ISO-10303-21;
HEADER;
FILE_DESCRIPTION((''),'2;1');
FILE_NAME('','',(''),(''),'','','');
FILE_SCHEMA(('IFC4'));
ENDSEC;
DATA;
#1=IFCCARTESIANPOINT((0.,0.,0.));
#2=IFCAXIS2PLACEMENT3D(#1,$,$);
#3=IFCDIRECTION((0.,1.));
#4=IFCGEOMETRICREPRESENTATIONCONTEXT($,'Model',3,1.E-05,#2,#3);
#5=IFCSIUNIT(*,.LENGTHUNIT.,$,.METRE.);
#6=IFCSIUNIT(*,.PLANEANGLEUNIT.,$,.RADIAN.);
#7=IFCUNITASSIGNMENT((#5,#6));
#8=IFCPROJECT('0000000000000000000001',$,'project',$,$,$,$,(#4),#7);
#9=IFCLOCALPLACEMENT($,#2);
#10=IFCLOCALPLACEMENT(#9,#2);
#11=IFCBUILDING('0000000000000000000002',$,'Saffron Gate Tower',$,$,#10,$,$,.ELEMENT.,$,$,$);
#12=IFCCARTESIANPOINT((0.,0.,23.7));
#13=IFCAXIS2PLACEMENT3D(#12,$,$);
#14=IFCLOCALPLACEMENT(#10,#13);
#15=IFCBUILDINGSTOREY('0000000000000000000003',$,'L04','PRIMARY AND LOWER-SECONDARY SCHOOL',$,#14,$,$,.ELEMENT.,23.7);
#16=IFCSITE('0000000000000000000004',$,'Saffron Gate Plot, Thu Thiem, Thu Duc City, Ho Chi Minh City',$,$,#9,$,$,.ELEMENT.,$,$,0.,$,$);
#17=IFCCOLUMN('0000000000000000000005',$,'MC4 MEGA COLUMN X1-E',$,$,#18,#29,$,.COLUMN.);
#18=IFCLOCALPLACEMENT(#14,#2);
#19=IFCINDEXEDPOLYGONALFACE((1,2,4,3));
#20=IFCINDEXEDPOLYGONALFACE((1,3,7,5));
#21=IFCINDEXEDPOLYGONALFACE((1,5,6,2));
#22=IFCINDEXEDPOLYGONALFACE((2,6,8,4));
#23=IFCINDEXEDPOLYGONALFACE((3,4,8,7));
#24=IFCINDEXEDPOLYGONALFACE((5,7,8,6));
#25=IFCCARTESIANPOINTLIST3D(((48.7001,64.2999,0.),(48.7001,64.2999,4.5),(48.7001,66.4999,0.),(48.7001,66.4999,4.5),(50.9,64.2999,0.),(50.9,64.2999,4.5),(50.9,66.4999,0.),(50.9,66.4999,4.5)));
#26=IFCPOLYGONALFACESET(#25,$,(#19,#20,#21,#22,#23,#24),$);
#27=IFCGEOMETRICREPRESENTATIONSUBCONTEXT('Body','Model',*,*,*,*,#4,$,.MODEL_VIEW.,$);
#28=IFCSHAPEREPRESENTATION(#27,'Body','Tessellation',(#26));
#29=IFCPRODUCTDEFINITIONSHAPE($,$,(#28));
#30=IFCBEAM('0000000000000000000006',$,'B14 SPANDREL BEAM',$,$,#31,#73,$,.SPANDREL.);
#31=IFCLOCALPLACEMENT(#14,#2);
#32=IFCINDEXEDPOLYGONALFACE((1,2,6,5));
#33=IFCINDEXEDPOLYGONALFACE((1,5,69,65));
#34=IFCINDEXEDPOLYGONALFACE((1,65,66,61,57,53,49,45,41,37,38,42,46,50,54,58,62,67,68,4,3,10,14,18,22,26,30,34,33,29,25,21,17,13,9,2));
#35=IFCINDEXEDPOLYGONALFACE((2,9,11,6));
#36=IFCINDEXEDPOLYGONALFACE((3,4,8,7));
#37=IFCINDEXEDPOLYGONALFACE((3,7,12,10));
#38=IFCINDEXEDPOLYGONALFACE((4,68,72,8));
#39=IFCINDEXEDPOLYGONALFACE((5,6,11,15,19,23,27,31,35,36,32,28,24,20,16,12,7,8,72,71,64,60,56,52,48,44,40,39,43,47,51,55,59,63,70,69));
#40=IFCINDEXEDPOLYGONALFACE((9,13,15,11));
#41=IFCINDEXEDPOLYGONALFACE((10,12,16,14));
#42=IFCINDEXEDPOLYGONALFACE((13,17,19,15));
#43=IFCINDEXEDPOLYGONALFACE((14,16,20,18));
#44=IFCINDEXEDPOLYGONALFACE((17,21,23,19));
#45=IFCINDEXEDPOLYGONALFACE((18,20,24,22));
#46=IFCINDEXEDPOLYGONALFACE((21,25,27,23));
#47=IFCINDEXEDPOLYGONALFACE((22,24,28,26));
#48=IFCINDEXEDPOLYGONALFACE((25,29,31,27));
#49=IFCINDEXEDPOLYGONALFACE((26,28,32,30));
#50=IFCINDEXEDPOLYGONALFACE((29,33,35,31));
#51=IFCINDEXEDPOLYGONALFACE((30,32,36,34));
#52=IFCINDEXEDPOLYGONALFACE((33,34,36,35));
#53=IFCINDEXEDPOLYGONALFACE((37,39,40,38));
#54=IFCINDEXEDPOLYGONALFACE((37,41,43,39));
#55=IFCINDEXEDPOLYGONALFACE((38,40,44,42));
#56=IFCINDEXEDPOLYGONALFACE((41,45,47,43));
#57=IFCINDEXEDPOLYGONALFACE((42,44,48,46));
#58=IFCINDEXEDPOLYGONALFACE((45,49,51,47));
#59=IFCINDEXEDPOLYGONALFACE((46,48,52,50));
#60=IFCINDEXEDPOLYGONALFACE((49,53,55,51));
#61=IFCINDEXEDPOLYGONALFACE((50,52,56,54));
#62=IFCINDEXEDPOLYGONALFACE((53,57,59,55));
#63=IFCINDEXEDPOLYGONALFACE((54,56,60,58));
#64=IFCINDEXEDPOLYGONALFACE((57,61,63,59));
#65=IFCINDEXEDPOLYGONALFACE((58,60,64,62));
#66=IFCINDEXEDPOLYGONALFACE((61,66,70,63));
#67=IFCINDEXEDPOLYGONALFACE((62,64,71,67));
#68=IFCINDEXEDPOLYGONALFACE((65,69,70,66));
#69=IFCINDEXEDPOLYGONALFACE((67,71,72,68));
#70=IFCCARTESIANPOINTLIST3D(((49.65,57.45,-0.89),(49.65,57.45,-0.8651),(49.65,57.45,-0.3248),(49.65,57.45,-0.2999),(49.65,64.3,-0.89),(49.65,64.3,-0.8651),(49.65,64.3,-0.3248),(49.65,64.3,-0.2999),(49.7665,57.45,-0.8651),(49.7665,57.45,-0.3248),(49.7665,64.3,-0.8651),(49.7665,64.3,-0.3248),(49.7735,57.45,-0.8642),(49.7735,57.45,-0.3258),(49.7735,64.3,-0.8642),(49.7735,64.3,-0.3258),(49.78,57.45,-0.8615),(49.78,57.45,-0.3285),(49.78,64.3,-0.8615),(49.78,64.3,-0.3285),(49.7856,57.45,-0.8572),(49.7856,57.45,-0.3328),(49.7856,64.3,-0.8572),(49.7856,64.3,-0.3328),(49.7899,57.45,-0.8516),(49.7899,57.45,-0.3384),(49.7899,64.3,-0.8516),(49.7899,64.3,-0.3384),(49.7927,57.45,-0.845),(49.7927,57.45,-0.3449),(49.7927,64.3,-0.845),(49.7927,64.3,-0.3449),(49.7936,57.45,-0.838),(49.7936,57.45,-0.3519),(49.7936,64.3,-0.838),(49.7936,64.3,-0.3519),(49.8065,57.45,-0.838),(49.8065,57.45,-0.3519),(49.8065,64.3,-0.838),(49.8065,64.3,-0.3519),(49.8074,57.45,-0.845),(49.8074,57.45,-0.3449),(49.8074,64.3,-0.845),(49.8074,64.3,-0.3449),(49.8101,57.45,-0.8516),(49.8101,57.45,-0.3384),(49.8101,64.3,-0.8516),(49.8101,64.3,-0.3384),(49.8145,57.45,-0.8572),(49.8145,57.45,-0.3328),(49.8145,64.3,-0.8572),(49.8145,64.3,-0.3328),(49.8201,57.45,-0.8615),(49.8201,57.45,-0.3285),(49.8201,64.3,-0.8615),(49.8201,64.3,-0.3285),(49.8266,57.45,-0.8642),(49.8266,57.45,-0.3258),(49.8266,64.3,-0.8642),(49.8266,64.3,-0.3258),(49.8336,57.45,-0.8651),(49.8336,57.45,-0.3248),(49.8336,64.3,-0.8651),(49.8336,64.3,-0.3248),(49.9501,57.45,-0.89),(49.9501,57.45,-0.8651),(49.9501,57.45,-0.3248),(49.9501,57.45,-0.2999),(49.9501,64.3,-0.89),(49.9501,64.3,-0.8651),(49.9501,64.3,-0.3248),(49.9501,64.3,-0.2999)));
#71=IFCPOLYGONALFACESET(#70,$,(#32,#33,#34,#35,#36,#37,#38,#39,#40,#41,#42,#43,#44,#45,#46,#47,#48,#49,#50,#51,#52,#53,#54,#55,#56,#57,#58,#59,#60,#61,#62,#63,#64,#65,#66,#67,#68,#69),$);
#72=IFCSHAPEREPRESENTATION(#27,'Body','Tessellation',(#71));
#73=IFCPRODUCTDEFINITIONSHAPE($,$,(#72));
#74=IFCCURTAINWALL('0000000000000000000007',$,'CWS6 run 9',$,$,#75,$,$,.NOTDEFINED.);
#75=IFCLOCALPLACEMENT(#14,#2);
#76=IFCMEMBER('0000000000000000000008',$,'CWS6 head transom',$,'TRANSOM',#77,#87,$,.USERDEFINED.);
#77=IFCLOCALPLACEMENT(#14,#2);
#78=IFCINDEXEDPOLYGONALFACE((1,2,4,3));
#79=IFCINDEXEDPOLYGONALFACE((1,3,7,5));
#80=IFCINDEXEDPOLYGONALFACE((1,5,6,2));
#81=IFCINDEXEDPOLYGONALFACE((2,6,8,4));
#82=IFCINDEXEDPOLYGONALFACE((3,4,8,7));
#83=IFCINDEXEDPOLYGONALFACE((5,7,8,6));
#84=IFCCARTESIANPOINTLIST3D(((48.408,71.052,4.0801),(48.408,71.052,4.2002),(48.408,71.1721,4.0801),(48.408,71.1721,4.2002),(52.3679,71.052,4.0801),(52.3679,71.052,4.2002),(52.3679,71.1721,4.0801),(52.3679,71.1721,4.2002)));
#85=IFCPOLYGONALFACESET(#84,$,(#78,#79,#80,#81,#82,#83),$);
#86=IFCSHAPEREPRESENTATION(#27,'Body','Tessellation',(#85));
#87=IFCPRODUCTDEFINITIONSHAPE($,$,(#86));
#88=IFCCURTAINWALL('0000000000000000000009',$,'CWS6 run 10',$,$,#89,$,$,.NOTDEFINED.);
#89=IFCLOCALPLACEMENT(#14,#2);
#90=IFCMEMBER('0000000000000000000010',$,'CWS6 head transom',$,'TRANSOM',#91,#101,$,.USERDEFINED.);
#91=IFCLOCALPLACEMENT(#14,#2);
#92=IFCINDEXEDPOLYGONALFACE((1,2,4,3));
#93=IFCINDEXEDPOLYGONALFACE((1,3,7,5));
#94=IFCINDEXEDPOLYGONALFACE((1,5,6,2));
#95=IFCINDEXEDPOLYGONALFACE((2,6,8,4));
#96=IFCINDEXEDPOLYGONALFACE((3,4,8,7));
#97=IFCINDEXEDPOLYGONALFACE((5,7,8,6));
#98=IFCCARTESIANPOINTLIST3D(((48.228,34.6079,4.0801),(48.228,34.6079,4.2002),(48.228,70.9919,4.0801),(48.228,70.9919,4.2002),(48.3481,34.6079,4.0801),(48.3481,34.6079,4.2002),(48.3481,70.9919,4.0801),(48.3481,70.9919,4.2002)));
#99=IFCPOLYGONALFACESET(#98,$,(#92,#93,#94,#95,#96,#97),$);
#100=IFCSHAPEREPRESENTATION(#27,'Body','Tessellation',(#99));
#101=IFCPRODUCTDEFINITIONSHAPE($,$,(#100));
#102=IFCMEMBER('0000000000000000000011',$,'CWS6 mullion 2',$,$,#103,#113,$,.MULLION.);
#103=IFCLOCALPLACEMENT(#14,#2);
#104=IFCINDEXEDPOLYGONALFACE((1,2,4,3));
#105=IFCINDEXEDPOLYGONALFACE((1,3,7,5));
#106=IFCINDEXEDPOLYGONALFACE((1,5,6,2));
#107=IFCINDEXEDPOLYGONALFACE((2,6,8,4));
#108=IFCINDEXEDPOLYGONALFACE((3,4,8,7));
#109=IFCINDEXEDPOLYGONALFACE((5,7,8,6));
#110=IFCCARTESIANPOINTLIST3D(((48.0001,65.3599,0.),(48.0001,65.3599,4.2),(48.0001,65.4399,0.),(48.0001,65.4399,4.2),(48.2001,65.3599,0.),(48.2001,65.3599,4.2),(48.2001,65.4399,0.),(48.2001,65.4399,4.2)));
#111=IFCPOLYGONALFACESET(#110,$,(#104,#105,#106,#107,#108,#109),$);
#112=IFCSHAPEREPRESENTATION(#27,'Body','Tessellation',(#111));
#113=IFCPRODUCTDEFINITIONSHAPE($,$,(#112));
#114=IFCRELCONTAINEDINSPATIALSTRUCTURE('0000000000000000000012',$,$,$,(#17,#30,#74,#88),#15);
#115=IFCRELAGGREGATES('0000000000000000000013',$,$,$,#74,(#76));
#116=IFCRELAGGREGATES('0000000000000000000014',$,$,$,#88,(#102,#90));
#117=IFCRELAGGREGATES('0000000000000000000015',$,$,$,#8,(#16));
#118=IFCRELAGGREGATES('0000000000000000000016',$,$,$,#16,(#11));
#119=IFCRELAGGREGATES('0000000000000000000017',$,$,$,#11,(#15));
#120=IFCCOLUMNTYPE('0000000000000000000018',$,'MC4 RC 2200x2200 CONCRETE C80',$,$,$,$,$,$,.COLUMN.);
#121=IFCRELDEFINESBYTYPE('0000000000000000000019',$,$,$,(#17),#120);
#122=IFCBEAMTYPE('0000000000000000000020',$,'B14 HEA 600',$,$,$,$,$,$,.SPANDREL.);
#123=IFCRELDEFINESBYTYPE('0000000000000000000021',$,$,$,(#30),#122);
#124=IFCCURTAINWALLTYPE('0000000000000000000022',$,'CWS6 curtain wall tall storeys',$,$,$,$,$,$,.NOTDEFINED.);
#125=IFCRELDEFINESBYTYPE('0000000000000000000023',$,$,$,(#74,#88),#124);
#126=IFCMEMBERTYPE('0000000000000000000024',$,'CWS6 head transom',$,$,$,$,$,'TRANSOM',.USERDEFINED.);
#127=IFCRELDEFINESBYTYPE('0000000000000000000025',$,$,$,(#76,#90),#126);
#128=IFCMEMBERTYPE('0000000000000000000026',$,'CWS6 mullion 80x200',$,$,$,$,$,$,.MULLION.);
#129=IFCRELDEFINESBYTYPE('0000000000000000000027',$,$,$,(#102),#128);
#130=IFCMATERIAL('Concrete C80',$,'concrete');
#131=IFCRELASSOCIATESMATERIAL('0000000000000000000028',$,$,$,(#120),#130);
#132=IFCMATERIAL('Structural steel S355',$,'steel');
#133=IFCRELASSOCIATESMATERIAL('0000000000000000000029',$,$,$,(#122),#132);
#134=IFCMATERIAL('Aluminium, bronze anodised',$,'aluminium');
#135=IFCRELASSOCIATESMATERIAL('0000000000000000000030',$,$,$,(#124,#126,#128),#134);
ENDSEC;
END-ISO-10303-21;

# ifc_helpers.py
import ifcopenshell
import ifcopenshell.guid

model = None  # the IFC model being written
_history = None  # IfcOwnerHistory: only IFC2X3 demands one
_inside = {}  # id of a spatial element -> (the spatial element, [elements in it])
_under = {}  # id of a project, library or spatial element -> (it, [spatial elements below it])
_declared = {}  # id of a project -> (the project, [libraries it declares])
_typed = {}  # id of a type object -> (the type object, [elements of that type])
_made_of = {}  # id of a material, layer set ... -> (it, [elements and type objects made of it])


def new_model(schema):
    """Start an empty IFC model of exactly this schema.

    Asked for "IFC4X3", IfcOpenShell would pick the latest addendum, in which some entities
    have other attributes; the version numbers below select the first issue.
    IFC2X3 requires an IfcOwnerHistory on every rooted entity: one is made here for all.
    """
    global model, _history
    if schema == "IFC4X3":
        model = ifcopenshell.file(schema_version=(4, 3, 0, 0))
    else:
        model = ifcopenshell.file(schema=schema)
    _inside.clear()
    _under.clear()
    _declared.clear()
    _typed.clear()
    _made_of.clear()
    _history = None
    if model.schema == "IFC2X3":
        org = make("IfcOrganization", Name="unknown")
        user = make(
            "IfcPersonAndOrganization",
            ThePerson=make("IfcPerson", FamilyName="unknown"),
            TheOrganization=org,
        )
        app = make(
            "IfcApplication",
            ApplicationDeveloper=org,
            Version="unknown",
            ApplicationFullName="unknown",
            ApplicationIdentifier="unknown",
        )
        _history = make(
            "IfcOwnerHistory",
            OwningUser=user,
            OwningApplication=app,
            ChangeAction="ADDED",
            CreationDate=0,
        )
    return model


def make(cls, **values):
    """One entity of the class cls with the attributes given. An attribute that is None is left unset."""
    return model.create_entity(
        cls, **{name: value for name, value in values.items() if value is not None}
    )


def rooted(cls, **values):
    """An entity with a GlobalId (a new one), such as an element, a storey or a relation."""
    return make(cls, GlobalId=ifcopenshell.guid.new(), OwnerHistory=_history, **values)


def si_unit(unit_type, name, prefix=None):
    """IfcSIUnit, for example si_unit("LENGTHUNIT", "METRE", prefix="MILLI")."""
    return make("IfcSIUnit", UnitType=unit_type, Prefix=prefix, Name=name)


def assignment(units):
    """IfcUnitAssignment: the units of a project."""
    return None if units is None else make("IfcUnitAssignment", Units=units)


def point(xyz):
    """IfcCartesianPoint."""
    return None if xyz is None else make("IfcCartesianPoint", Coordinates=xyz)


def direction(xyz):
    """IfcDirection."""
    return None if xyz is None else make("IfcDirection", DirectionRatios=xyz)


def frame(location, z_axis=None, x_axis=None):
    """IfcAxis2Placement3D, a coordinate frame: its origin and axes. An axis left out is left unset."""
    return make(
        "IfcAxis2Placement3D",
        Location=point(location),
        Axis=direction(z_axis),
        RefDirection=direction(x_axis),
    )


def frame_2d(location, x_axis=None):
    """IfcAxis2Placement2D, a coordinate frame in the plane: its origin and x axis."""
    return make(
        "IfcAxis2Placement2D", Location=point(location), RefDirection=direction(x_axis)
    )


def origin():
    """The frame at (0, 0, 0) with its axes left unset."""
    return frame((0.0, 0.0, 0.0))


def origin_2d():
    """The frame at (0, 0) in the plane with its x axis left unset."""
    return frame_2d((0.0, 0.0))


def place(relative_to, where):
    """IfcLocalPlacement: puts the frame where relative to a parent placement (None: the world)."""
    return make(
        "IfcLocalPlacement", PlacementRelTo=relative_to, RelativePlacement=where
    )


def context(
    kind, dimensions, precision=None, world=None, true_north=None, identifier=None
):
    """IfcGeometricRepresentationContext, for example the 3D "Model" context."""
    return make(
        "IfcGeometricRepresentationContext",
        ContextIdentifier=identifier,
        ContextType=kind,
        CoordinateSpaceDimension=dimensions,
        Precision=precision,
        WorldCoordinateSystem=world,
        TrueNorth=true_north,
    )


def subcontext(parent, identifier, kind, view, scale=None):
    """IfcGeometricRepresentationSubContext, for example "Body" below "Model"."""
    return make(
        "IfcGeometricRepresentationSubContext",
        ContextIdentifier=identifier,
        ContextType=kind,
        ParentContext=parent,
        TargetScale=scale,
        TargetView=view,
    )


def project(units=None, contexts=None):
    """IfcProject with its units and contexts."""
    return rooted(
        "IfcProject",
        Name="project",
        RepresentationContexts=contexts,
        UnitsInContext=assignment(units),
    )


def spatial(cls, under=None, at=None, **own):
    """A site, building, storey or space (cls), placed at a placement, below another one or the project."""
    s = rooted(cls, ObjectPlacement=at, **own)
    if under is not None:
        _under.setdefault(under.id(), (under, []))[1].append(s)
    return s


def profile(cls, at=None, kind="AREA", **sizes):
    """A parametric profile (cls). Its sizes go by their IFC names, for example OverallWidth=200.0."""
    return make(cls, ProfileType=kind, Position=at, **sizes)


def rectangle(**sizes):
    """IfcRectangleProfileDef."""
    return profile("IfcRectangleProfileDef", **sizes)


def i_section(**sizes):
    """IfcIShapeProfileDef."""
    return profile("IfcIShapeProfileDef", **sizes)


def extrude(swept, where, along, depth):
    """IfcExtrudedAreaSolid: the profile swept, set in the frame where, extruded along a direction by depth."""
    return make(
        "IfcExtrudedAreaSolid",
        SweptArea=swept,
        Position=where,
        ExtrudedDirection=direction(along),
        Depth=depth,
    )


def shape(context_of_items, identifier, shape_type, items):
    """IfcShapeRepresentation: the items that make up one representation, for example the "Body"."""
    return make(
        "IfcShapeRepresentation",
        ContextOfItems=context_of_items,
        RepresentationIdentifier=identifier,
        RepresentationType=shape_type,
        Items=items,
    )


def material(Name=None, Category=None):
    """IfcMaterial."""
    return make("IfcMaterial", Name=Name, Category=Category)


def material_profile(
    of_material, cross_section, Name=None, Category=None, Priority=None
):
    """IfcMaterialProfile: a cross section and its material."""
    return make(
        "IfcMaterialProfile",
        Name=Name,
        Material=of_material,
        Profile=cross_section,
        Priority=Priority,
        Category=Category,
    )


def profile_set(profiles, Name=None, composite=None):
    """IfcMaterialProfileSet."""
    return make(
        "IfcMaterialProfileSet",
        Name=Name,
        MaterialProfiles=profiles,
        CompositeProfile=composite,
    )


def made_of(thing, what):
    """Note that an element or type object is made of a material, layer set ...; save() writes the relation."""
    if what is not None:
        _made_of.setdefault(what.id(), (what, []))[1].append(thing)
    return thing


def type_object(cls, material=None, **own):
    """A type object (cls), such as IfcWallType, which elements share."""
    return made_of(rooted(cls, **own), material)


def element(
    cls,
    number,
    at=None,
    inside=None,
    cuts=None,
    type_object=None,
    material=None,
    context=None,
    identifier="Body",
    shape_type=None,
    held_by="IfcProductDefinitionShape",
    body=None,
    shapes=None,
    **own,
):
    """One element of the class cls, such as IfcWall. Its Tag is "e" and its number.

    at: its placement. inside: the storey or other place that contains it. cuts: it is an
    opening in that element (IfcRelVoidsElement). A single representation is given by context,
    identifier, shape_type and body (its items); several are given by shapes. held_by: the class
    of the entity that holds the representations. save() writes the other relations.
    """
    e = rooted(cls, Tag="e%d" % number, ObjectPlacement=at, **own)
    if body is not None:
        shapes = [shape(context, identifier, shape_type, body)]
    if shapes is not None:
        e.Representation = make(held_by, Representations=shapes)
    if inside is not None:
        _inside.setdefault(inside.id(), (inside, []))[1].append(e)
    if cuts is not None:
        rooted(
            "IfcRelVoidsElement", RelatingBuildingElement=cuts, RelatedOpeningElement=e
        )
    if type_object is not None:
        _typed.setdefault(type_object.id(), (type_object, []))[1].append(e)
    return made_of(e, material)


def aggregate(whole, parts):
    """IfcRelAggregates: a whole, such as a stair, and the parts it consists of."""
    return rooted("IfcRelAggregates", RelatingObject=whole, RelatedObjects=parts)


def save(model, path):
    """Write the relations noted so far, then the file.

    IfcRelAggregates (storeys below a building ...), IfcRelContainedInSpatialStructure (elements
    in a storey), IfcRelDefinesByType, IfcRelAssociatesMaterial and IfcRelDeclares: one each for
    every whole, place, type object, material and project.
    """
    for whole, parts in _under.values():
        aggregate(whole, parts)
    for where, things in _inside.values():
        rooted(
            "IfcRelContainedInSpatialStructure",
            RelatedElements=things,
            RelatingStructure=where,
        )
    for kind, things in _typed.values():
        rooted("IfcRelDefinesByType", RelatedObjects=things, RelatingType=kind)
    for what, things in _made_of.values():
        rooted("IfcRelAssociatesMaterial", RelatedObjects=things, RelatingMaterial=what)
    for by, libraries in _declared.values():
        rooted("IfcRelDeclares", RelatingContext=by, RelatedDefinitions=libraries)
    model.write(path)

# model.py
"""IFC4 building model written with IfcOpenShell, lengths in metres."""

from ifc_helpers import new_model, si_unit, direction, frame, origin, origin_2d, place, context, subcontext, project, spatial, rectangle, i_section, extrude, material, material_profile, profile_set, type_object, element, aggregate, save


model = new_model("IFC4")

# Units and contexts
model_context = context("Model", 3, precision=1e-05, world=origin(), true_north=direction((0.0, 1.0)))
body_context = subcontext(model_context, "Body", "Model", "MODEL_VIEW")
ifc_project = project(units=[si_unit("LENGTHUNIT", "METRE"), si_unit("PLANEANGLEUNIT", "RADIAN")], contexts=[model_context])

# Site, building, storey
site_placement = place(None, origin())
site = spatial("IfcSite", under=ifc_project, at=site_placement, Name="Saffron Gate Plot, Thu Thiem, Thu Duc City, Ho Chi Minh City", CompositionType="ELEMENT", RefElevation=0.0)
building_placement = place(site_placement, origin())
building = spatial("IfcBuilding", under=site, at=building_placement, Name="Saffron Gate Tower", CompositionType="ELEMENT")
storey_placement = place(building_placement, frame((0.0, 0.0, 23.7)))
storey = spatial("IfcBuildingStorey", under=building, at=storey_placement, Name="L04", Description="PRIMARY AND LOWER-SECONDARY SCHOOL", CompositionType="ELEMENT", Elevation=23.7)

# Column
ifc_material_1 = material(Name="Concrete C80", Category="concrete")
ifc_material_profile_1 = material_profile(ifc_material_1, rectangle(XDim=2.2, YDim=2.2, at=origin_2d()))
ifc_profile_set_1 = profile_set([ifc_material_profile_1], Name="Concrete C80")
column_type = type_object("IfcColumnType", Name="MC4 RC 2200x2200 CONCRETE C80", PredefinedType="COLUMN", material=ifc_profile_set_1)
column_placement = place(storey_placement, frame((49.8, 65.3999, 0.0), z_axis=(0.0, 0.0, 1.0), x_axis=(1.0, 0.0, 0.0)))
element("IfcColumn", 1, at=column_placement, inside=storey, type_object=column_type, Name="MC4 MEGA COLUMN X1-E", PredefinedType="COLUMN", context=body_context, shape_type="SweptSolid", body=[
    extrude(rectangle(XDim=2.2, YDim=2.2, at=origin_2d()), origin(), (0.0, 0.0, 1.0), 4.5),
])

# Beam
ifc_material_2 = material(Name="Structural steel S355", Category="steel")
ifc_material_profile_2 = material_profile(ifc_material_2, i_section(OverallWidth=0.3, OverallDepth=0.5901, WebThickness=0.0129, FlangeThickness=0.0249, FilletRadius=0.0271, at=origin_2d()))
ifc_profile_set_2 = profile_set([ifc_material_profile_2], Name="Structural steel S355")
beam_type = type_object("IfcBeamType", Name="B14 HEA 600", PredefinedType="SPANDREL", material=ifc_profile_set_2)
beam_placement = place(storey_placement, frame((49.8, 57.45, -0.595), z_axis=(0.0, 1.0, 0.0), x_axis=(-1.0, 0.0, 0.0)))
element("IfcBeam", 2, at=beam_placement, inside=storey, type_object=beam_type, Name="B14 SPANDREL BEAM", PredefinedType="SPANDREL", context=body_context, shape_type="SweptSolid", body=[
    extrude(i_section(OverallWidth=0.3, OverallDepth=0.5901, WebThickness=0.0129, FlangeThickness=0.0249, FilletRadius=0.0271, at=origin_2d()), origin(), (0.0, 0.0, 1.0), 6.8501),
])

# Curtain wall, member
ifc_material_3 = material(Name="Aluminium, bronze anodised", Category="aluminium")
curtain_wall_type = type_object("IfcCurtainWallType", Name="CWS6 curtain wall tall storeys", PredefinedType="NOTDEFINED", material=ifc_material_3)
curtain_wall_1_placement = place(storey_placement, origin())
curtain_wall_1 = element("IfcCurtainWall", 3, at=curtain_wall_1_placement, inside=storey, type_object=curtain_wall_type, Name="CWS6 run 9", PredefinedType="NOTDEFINED")
ifc_material_profile_3 = material_profile(ifc_material_3, rectangle(XDim=0.1201, YDim=0.1201, at=origin_2d()))
ifc_profile_set_3 = profile_set([ifc_material_profile_3], Name="Aluminium, bronze anodised")
member_type_1 = type_object("IfcMemberType", Name="CWS6 head transom", ElementType="TRANSOM", PredefinedType="USERDEFINED", material=ifc_profile_set_3)
member_1_placement = place(storey_placement, frame((52.3679, 71.1121, 4.1401), z_axis=(-1.0, 0.0, 0.0), x_axis=(0.0, -1.0, 0.0)))
member_1 = element("IfcMember", 4, at=member_1_placement, type_object=member_type_1, Name="CWS6 head transom", ObjectType="TRANSOM", PredefinedType="USERDEFINED", context=body_context, shape_type="SweptSolid", body=[
    extrude(rectangle(XDim=0.1201, YDim=0.1201, at=origin_2d()), origin(), (0.0, 0.0, 1.0), 3.96),
])
aggregate(curtain_wall_1, [member_1])

# Curtain wall, members
curtain_wall_2_placement = place(storey_placement, origin())
curtain_wall_2 = element("IfcCurtainWall", 5, at=curtain_wall_2_placement, inside=storey, type_object=curtain_wall_type, Name="CWS6 run 10", PredefinedType="NOTDEFINED")
member_2_placement = place(storey_placement, frame((48.2881, 70.9919, 4.1401), z_axis=(0.0, -1.0, 0.0), x_axis=(1.0, 0.0, 0.0)))
member_2 = element("IfcMember", 6, at=member_2_placement, type_object=member_type_1, Name="CWS6 head transom", ObjectType="TRANSOM", PredefinedType="USERDEFINED", context=body_context, shape_type="SweptSolid", body=[
    extrude(rectangle(XDim=0.1201, YDim=0.1201, at=origin_2d()), origin(), (0.0, 0.0, 1.0), 36.384),
])
ifc_material_profile_4 = material_profile(ifc_material_3, rectangle(XDim=0.2, YDim=0.0801, at=origin_2d()))
ifc_profile_set_4 = profile_set([ifc_material_profile_4], Name="Aluminium, bronze anodised")
member_type_2 = type_object("IfcMemberType", Name="CWS6 mullion 80x200", PredefinedType="MULLION", material=ifc_profile_set_4)
member_3_placement = place(storey_placement, frame((48.1001, 65.3999, 0.0), z_axis=(0.0, 0.0, 1.0), x_axis=(1.0, 0.0, 0.0)))
member_3 = element("IfcMember", 7, at=member_3_placement, type_object=member_type_2, Name="CWS6 mullion 2", PredefinedType="MULLION", context=body_context, shape_type="SweptSolid", body=[
    extrude(rectangle(XDim=0.2, YDim=0.0801, at=origin_2d()), origin(), (0.0, 0.0, 1.0), 4.2),
])
aggregate(curtain_wall_2, [member_3, member_2])

save(model, "model.ifc")
